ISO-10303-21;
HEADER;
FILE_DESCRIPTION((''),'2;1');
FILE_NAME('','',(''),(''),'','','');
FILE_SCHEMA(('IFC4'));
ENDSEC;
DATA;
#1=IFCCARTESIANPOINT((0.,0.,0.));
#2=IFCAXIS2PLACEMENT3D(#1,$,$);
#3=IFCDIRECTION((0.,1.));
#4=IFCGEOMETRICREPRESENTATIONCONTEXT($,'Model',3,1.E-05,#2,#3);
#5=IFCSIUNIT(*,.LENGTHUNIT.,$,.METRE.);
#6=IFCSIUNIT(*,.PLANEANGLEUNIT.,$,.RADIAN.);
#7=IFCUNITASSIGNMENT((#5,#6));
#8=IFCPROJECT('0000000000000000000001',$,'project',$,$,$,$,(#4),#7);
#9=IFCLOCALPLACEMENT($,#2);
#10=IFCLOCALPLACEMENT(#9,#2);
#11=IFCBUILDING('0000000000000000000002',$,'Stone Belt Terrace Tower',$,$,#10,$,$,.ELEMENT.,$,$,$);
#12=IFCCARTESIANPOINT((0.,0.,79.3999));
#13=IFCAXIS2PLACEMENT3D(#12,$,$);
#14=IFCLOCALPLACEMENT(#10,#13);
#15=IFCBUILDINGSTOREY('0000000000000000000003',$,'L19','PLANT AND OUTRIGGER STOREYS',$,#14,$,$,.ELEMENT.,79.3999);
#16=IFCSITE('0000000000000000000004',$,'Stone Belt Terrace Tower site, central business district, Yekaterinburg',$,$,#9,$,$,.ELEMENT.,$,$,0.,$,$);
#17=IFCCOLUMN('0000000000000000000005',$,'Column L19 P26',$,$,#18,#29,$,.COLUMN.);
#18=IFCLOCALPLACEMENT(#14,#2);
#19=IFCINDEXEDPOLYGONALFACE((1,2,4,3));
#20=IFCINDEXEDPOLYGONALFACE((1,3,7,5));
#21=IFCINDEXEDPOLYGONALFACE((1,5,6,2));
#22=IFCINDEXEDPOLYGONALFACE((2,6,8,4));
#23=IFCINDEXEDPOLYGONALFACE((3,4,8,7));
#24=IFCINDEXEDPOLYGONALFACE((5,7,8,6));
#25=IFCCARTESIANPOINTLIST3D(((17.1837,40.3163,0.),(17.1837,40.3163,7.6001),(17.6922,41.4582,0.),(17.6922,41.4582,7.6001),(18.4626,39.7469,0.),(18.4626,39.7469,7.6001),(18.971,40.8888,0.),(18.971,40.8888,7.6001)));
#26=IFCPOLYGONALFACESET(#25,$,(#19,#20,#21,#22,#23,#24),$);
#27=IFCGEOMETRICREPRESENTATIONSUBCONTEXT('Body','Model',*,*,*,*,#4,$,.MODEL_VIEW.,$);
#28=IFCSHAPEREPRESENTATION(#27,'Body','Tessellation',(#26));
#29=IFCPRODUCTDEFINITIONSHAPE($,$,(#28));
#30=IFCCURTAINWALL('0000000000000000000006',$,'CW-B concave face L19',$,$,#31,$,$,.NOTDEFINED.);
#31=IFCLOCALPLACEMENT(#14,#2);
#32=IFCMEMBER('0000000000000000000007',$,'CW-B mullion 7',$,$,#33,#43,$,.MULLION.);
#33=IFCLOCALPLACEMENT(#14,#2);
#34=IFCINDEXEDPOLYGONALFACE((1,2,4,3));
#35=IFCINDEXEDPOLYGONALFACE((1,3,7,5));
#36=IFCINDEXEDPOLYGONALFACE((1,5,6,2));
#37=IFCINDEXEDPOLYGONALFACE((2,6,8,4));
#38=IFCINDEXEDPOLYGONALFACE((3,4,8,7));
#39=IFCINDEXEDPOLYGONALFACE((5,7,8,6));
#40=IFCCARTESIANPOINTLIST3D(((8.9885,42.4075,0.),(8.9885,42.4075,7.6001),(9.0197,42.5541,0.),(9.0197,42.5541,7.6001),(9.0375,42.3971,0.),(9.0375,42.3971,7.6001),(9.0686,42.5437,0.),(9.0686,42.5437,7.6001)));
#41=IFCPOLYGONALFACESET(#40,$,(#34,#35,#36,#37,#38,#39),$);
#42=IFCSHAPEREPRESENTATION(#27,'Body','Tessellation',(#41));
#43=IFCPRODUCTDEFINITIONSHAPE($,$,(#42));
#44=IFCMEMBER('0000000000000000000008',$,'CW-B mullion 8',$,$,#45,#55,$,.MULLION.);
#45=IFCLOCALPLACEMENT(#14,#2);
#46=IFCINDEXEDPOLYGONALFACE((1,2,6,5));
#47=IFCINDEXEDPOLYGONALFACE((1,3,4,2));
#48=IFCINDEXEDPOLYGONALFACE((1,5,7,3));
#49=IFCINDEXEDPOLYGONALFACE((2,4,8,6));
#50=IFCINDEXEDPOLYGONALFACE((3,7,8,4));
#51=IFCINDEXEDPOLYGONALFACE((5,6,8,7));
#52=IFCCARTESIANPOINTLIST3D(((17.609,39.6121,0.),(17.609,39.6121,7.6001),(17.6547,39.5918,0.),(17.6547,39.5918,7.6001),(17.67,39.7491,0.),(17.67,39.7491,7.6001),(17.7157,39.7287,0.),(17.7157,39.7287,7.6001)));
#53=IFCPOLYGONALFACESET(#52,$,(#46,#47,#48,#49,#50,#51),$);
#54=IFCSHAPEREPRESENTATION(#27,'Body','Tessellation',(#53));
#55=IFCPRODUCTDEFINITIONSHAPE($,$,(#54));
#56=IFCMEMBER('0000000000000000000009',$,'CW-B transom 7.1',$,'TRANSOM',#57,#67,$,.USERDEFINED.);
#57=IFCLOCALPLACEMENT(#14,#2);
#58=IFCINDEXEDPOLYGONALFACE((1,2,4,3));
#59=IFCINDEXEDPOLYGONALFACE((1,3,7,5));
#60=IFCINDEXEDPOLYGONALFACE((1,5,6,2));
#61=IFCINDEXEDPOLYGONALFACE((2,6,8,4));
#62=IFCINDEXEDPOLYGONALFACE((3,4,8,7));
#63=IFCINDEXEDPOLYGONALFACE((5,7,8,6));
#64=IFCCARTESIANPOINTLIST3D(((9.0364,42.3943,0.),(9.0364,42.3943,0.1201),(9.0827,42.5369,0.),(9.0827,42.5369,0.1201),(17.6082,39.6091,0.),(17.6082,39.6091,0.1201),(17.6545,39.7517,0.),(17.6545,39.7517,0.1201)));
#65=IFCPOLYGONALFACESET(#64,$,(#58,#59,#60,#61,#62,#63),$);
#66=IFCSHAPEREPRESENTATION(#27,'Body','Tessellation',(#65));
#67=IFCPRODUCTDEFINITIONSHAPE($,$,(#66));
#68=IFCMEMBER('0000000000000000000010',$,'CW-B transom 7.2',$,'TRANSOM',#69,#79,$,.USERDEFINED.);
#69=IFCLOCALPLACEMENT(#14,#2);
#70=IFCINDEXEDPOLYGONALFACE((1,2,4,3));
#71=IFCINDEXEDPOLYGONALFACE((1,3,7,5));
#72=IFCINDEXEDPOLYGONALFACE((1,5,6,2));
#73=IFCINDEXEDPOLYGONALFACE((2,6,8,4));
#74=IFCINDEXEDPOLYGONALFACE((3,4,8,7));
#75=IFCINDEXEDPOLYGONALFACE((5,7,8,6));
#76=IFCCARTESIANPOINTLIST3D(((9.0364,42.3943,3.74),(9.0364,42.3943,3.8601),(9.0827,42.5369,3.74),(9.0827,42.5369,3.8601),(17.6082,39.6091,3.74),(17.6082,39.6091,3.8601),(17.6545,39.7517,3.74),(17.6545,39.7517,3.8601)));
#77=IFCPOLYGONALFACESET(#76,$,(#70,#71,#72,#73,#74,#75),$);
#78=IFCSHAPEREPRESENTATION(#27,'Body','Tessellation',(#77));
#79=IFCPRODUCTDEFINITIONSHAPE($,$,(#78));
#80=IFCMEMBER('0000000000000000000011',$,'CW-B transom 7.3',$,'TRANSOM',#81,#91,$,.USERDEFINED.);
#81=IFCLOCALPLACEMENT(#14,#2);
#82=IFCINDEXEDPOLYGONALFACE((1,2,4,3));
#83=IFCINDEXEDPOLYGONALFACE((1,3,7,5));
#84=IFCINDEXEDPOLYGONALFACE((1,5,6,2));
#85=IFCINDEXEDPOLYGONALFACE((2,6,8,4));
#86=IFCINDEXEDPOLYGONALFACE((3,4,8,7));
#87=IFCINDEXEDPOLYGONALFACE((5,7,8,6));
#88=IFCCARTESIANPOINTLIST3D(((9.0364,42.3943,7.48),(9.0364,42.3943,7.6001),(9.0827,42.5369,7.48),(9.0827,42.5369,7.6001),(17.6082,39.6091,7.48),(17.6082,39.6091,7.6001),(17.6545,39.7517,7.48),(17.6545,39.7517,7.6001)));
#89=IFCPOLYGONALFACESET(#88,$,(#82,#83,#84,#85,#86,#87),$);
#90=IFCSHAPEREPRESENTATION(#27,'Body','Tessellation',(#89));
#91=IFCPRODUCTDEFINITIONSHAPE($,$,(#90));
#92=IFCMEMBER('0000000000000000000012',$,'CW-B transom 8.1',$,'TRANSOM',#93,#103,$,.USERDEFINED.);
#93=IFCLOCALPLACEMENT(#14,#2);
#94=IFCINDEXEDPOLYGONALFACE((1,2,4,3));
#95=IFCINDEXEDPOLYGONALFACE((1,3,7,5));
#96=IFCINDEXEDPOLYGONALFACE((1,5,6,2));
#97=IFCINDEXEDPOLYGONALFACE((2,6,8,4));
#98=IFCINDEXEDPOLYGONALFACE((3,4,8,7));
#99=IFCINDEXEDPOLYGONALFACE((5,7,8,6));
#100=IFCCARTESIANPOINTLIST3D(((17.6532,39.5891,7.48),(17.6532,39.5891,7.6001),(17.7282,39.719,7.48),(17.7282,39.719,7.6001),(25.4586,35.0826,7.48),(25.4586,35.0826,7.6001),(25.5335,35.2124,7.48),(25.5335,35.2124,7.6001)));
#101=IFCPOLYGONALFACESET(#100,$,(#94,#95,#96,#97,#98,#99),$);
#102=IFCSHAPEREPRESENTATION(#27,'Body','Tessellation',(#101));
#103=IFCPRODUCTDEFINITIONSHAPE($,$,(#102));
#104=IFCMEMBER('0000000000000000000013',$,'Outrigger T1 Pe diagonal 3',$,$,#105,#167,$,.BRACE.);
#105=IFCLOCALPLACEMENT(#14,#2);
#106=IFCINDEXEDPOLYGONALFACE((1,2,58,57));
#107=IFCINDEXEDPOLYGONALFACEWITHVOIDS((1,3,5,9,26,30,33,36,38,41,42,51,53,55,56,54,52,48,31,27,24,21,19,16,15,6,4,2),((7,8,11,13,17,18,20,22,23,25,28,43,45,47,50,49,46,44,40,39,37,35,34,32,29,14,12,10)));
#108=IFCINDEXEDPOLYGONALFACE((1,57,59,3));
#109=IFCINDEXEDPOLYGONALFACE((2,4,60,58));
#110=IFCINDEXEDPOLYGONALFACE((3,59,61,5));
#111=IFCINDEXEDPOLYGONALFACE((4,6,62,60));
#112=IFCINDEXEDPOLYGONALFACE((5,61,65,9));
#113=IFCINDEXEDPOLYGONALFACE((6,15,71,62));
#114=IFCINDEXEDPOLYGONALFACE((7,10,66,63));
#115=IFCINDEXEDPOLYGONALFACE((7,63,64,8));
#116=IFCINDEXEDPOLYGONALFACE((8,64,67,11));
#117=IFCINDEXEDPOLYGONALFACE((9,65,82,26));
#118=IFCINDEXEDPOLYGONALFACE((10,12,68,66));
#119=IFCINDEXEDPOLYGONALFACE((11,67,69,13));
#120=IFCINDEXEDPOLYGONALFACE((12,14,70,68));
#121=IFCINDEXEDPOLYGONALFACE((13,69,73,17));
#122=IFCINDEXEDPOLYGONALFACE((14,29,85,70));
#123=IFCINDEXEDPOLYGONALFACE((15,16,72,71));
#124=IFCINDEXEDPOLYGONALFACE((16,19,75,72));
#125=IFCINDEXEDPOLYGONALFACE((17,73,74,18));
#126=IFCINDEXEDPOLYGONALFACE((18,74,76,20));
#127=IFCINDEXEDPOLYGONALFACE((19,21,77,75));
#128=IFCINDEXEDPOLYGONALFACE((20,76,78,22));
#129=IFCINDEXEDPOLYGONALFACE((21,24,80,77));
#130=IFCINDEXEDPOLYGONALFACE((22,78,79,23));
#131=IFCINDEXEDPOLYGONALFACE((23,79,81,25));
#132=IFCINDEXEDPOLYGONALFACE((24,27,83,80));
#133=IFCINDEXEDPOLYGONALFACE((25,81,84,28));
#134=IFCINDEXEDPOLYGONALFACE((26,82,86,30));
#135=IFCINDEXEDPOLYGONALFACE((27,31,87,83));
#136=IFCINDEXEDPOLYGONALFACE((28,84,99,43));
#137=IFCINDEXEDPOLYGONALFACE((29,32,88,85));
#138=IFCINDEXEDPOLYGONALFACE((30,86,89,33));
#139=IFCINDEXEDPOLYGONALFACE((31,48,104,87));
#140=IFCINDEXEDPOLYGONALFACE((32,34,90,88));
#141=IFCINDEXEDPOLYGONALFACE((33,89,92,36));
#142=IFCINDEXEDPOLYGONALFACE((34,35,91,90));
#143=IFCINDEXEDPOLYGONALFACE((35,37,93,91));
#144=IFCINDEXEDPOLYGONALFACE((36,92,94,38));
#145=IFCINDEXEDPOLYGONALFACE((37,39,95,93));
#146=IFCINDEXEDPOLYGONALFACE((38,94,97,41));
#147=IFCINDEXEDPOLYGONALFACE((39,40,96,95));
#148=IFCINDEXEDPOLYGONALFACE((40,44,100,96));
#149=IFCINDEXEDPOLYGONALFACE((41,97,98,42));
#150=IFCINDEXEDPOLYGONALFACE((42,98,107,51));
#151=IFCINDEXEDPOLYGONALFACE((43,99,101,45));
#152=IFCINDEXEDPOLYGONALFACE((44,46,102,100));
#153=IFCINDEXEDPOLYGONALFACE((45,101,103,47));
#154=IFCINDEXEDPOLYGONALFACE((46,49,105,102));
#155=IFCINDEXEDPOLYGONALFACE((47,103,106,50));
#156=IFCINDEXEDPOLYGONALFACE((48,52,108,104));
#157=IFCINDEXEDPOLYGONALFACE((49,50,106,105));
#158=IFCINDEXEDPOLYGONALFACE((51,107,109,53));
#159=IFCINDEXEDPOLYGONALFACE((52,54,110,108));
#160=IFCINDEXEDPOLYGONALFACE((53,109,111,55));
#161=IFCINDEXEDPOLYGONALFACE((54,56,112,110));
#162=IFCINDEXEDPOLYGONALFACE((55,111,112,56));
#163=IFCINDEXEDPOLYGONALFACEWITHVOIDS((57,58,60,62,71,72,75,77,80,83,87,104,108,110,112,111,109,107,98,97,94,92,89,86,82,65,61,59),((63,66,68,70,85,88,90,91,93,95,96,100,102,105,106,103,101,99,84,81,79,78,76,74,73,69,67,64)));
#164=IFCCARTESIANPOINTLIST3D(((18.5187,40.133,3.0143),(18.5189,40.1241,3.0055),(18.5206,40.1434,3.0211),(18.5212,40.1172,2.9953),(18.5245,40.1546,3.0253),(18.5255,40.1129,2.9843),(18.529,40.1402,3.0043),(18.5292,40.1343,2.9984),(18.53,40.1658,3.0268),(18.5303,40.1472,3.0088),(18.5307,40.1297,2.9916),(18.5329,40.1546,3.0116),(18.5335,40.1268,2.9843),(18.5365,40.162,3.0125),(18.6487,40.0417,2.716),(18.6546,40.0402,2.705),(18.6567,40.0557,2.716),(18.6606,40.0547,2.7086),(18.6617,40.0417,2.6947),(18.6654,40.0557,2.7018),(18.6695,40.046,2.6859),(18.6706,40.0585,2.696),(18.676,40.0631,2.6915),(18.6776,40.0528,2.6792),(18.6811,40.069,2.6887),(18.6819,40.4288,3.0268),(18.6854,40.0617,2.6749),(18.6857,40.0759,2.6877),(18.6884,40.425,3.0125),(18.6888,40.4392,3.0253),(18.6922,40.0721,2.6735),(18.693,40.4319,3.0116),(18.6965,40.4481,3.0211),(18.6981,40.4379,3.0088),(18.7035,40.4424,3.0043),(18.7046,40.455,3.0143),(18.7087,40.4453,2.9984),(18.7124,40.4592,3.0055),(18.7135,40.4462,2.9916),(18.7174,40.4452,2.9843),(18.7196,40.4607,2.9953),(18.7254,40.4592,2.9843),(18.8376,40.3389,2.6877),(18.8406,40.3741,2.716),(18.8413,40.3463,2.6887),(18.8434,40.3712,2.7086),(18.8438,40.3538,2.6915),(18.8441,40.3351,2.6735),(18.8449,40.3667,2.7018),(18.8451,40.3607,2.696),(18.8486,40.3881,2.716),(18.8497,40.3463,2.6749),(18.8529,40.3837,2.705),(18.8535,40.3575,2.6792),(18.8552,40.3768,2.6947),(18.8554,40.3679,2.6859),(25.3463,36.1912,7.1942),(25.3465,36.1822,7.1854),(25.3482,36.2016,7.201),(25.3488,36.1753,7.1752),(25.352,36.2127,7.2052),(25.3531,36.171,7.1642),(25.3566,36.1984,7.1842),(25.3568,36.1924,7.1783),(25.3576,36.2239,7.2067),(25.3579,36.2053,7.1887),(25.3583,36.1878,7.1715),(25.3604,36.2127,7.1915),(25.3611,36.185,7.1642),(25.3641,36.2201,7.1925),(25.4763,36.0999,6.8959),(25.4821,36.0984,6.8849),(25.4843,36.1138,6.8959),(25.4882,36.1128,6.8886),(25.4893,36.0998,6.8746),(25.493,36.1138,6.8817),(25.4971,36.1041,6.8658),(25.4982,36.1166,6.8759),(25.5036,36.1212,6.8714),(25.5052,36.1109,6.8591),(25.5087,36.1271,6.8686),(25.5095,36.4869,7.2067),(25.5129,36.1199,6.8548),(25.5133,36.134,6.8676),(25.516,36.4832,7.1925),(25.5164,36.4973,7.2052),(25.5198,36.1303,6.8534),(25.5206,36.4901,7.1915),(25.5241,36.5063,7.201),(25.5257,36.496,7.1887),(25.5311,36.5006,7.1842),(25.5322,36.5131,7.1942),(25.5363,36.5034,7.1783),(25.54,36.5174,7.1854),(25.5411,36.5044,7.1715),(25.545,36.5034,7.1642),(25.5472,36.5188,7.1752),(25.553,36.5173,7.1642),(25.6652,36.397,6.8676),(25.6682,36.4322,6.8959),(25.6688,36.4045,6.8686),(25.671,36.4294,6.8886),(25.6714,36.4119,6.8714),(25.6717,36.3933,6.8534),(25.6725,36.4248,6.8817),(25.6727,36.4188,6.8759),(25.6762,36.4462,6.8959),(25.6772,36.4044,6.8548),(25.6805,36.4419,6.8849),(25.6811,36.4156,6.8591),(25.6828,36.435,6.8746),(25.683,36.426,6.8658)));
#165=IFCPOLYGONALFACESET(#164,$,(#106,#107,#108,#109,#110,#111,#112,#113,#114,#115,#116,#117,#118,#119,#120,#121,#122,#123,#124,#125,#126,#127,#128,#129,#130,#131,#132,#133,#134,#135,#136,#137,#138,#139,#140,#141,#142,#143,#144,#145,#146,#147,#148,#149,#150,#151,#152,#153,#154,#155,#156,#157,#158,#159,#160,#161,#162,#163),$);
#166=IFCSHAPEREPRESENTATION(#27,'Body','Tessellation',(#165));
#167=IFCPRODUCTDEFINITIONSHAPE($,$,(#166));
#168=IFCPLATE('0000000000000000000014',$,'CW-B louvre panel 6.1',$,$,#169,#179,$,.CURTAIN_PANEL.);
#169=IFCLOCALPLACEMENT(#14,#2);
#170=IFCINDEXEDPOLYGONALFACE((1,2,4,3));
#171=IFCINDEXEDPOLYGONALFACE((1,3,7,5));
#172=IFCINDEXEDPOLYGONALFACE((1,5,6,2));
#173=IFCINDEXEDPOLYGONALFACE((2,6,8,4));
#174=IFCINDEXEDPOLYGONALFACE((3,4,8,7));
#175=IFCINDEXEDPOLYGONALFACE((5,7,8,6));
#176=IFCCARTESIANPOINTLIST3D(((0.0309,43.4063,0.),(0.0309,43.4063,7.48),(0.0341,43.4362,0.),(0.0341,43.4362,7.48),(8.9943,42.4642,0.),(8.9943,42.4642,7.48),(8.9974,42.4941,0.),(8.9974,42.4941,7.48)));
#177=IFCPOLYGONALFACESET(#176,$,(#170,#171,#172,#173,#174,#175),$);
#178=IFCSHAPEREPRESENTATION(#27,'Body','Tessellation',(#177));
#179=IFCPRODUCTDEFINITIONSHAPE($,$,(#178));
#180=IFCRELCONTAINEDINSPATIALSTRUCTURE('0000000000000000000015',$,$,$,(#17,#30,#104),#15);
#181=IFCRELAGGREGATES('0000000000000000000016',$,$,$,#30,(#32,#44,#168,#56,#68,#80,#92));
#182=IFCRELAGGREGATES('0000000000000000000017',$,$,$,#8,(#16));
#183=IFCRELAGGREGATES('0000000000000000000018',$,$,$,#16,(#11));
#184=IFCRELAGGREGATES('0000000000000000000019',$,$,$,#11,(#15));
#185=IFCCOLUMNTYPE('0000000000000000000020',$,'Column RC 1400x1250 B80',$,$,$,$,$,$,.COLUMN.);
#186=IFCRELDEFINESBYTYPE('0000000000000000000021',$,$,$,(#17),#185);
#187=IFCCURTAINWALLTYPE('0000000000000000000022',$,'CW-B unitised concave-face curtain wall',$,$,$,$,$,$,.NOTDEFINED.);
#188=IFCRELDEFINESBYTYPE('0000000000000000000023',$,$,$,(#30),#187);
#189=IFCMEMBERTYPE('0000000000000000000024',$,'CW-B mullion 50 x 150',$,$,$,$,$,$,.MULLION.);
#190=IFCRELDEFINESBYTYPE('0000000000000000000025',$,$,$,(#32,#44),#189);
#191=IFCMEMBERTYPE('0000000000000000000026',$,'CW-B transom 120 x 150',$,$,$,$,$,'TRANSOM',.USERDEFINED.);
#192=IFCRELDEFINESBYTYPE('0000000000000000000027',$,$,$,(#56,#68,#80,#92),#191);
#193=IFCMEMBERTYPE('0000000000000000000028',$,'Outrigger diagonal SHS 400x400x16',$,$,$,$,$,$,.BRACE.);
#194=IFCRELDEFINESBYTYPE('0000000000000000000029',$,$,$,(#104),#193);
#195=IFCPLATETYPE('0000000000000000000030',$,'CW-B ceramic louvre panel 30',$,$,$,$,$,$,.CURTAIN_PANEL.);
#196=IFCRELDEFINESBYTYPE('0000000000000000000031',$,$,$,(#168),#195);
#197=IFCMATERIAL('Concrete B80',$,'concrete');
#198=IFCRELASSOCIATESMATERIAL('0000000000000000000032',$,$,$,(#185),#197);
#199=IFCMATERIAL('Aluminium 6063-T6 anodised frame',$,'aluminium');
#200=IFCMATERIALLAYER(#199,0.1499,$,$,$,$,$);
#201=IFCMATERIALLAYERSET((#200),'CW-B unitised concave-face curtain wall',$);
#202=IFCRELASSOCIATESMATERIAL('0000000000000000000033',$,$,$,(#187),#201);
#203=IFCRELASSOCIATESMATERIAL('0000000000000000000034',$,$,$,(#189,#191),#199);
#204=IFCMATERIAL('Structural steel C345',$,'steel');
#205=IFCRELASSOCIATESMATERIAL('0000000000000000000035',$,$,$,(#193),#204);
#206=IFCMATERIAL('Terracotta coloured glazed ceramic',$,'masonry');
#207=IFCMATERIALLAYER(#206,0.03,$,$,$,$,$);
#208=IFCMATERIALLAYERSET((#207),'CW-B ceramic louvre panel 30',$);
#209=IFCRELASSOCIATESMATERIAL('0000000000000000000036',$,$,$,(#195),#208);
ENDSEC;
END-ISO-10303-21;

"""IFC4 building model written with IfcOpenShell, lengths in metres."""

from ifc_helpers import new_model, si_unit, direction, frame, origin, origin_2d, place, context, subcontext, project, spatial, rectangle, hollow_rectangle, extrude, material, layer, layer_set, material_profile, profile_set, type_object, element, aggregate, save


model = new_model("IFC4")

# Units and contexts
model_context = context("Model", 3, precision=1e-05, world=origin(), true_north=direction((0.0, 1.0)))
body_context = subcontext(model_context, "Body", "Model", "MODEL_VIEW")
ifc_project = project(units=[si_unit("LENGTHUNIT", "METRE"), si_unit("PLANEANGLEUNIT", "RADIAN")], contexts=[model_context])

# Site, building, storey
site_placement = place(None, origin())
site = spatial("IfcSite", under=ifc_project, at=site_placement, Name="Stone Belt Terrace Tower site, central business district, Yekaterinburg", CompositionType="ELEMENT", RefElevation=0.0)
building_placement = place(site_placement, origin())
building = spatial("IfcBuilding", under=site, at=building_placement, Name="Stone Belt Terrace Tower", CompositionType="ELEMENT")
storey_placement = place(building_placement, frame((0.0, 0.0, 79.3999)))
storey = spatial("IfcBuildingStorey", under=building, at=storey_placement, Name="L19", Description="PLANT AND OUTRIGGER STOREYS", CompositionType="ELEMENT", Elevation=79.3999)

# Column
ifc_material_1 = material(Name="Concrete B80", Category="concrete")
ifc_material_profile_1 = material_profile(ifc_material_1, rectangle(XDim=1.3999, YDim=1.25, at=origin_2d()), Name="RC 1400x1250")
ifc_profile_set_1 = profile_set([ifc_material_profile_1], Name="Concrete B80")
column_type = type_object("IfcColumnType", Name="Column RC 1400x1250 B80", PredefinedType="COLUMN", material=ifc_profile_set_1)
column_placement = place(storey_placement, frame((18.0774, 40.6025, 0.0), z_axis=(0.0, 0.0, 1.0), x_axis=(0.913545, -0.406737, 0.0)))
element("IfcColumn", 1, at=column_placement, inside=storey, type_object=column_type, Name="Column L19 P26", PredefinedType="COLUMN", context=body_context, shape_type="SweptSolid", body=[
    extrude(rectangle(XDim=1.3999, YDim=1.25, at=origin_2d()), origin(), (0.0, 0.0, 1.0), 7.6001),
])

# Curtain wall, members
ifc_material_2 = material(Name="Aluminium 6063-T6 anodised frame", Category="aluminium")
ifc_layer_1 = layer(ifc_material_2, 0.1499)
ifc_layer_set_1 = layer_set([ifc_layer_1], Name="CW-B unitised concave-face curtain wall")
curtain_wall_type = type_object("IfcCurtainWallType", Name="CW-B unitised concave-face curtain wall", PredefinedType="NOTDEFINED", material=ifc_layer_set_1)
curtain_wall_placement = place(storey_placement, origin())
curtain_wall = element("IfcCurtainWall", 2, at=curtain_wall_placement, inside=storey, type_object=curtain_wall_type, Name="CW-B concave face L19", PredefinedType="NOTDEFINED")
ifc_material_profile_2 = material_profile(ifc_material_2, rectangle(XDim=0.1499, YDim=0.05, at=origin_2d()), Name="Aluminium 6063-T6 50x150")
ifc_profile_set_2 = profile_set([ifc_material_profile_2], Name="Aluminium 6063-T6 anodised frame")
member_type_1 = type_object("IfcMemberType", Name="CW-B mullion 50 x 150", PredefinedType="MULLION", material=ifc_profile_set_2)
member_1_placement = place(storey_placement, frame((9.0286, 42.4756, 0.0), z_axis=(0.0, 0.0, 1.0), x_axis=(0.207912, 0.978148, 0.0)))
member_1 = element("IfcMember", 3, at=member_1_placement, type_object=member_type_1, Name="CW-B mullion 7", PredefinedType="MULLION", context=body_context, shape_type="SweptSolid", body=[
    extrude(rectangle(XDim=0.1499, YDim=0.05, at=origin_2d()), origin(), (0.0, 0.0, 1.0), 7.6001),
])
member_2_placement = place(storey_placement, frame((17.6624, 39.6704, 0.0), z_axis=(0.0, 0.0, 1.0), x_axis=(0.406737, 0.913545, 0.0)))
member_2 = element("IfcMember", 4, at=member_2_placement, type_object=member_type_1, Name="CW-B mullion 8", PredefinedType="MULLION", context=body_context, shape_type="SweptSolid", body=[
    extrude(rectangle(XDim=0.1499, YDim=0.05, at=origin_2d()), origin(), (0.0, 0.0, 1.0), 7.6001),
])
ifc_material_profile_3 = material_profile(ifc_material_2, rectangle(XDim=0.1499, YDim=0.1201, at=origin_2d()), Name="Aluminium 6063-T6 150x120")
ifc_profile_set_3 = profile_set([ifc_material_profile_3], Name="Aluminium 6063-T6 anodised frame")
member_type_2 = type_object("IfcMemberType", Name="CW-B transom 120 x 150", ElementType="TRANSOM", PredefinedType="USERDEFINED", material=ifc_profile_set_3)
member_3_placement = place(storey_placement, frame((9.0596, 42.4656, 0.0601), z_axis=(0.951056, -0.309019, 0.0), x_axis=(0.309019, 0.951056, 0.0)))
member_3 = element("IfcMember", 5, at=member_3_placement, type_object=member_type_2, Name="CW-B transom 7.1", ObjectType="TRANSOM", PredefinedType="USERDEFINED", context=body_context, shape_type="SweptSolid", body=[
    extrude(rectangle(XDim=0.1499, YDim=0.1201, at=origin_2d()), origin(), (0.0, 0.0, 1.0), 9.0129),
])
member_4_placement = place(storey_placement, frame((9.0596, 42.4656, 3.8), z_axis=(0.951056, -0.309019, 0.0), x_axis=(0.309019, 0.951056, 0.0)))
member_4 = element("IfcMember", 6, at=member_4_placement, type_object=member_type_2, Name="CW-B transom 7.2", ObjectType="TRANSOM", PredefinedType="USERDEFINED", context=body_context, shape_type="SweptSolid", body=[
    extrude(rectangle(XDim=0.1499, YDim=0.1201, at=origin_2d()), origin(), (0.0, 0.0, 1.0), 9.0129),
])
member_5_placement = place(storey_placement, frame((9.0596, 42.4656, 7.54), z_axis=(0.951056, -0.309019, 0.0), x_axis=(0.309019, 0.951056, 0.0)))
member_5 = element("IfcMember", 7, at=member_5_placement, type_object=member_type_2, Name="CW-B transom 7.3", ObjectType="TRANSOM", PredefinedType="USERDEFINED", context=body_context, shape_type="SweptSolid", body=[
    extrude(rectangle(XDim=0.1499, YDim=0.1201, at=origin_2d()), origin(), (0.0, 0.0, 1.0), 9.0129),
])
member_6_placement = place(storey_placement, frame((17.6907, 39.6541, 7.54), z_axis=(0.866019, -0.500011, 0.0), x_axis=(0.500011, 0.866019, 0.0)))
member_6 = element("IfcMember", 8, at=member_6_placement, type_object=member_type_2, Name="CW-B transom 8.1", ObjectType="TRANSOM", PredefinedType="USERDEFINED", context=body_context, shape_type="SweptSolid", body=[
    extrude(rectangle(XDim=0.1499, YDim=0.1201, at=origin_2d()), origin(), (0.0, 0.0, 1.0), 9.0129),
])

# Member
ifc_material_3 = material(Name="Structural steel C345", Category="steel")
ifc_material_profile_4 = material_profile(ifc_material_3, hollow_rectangle(XDim=0.3999, YDim=0.3999, WallThickness=0.0161, InnerFilletRadius=0.032, OuterFilletRadius=0.0481, at=origin_2d()), Name="SHS 400x400x16")
ifc_profile_set_4 = profile_set([ifc_material_profile_4], Name="Structural steel C345")
member_type_3 = type_object("IfcMemberType", Name="Outrigger diagonal SHS 400x400x16", PredefinedType="BRACE", material=ifc_profile_set_4)
member_7_placement = place(storey_placement, frame((25.5146, 36.3086, 7.03), z_axis=(-0.765139, 0.441748, -0.468424), x_axis=(-0.499996, -0.866028, 0.0)))
element("IfcMember", 9, at=member_7_placement, inside=storey, type_object=member_type_3, Name="Outrigger T1 Pe diagonal 3", PredefinedType="BRACE", context=body_context, shape_type="SweptSolid", body=[
    extrude(hollow_rectangle(XDim=0.3999, YDim=0.3999, WallThickness=0.0161, InnerFilletRadius=0.032, OuterFilletRadius=0.0481, at=origin_2d()), origin(), (0.0, 0.0, 1.0), 8.9233),
])

# Plate
ifc_material_4 = material(Name="Terracotta coloured glazed ceramic", Category="masonry")
ifc_layer_2 = layer(ifc_material_4, 0.03)
ifc_layer_set_2 = layer_set([ifc_layer_2], Name="CW-B ceramic louvre panel 30")
plate_type = type_object("IfcPlateType", Name="CW-B ceramic louvre panel 30", PredefinedType="CURTAIN_PANEL", material=ifc_layer_set_2)
plate_1_placement = place(storey_placement, frame((4.5142, 42.9502, 0.0), z_axis=(0.0, 0.0, 1.0), x_axis=(0.994522, -0.104528, 0.0)))
plate_1 = element("IfcPlate", 10, at=plate_1_placement, type_object=plate_type, Name="CW-B louvre panel 6.1", PredefinedType="CURTAIN_PANEL", context=body_context, shape_type="SweptSolid", body=[
    extrude(rectangle(XDim=9.0127, YDim=0.03, at=origin_2d()), origin(), (0.0, 0.0, 1.0), 7.48),
])
aggregate(curtain_wall, [member_1, member_2, plate_1, member_3, member_4, member_5, member_6])

save(model, "model.ifc")
